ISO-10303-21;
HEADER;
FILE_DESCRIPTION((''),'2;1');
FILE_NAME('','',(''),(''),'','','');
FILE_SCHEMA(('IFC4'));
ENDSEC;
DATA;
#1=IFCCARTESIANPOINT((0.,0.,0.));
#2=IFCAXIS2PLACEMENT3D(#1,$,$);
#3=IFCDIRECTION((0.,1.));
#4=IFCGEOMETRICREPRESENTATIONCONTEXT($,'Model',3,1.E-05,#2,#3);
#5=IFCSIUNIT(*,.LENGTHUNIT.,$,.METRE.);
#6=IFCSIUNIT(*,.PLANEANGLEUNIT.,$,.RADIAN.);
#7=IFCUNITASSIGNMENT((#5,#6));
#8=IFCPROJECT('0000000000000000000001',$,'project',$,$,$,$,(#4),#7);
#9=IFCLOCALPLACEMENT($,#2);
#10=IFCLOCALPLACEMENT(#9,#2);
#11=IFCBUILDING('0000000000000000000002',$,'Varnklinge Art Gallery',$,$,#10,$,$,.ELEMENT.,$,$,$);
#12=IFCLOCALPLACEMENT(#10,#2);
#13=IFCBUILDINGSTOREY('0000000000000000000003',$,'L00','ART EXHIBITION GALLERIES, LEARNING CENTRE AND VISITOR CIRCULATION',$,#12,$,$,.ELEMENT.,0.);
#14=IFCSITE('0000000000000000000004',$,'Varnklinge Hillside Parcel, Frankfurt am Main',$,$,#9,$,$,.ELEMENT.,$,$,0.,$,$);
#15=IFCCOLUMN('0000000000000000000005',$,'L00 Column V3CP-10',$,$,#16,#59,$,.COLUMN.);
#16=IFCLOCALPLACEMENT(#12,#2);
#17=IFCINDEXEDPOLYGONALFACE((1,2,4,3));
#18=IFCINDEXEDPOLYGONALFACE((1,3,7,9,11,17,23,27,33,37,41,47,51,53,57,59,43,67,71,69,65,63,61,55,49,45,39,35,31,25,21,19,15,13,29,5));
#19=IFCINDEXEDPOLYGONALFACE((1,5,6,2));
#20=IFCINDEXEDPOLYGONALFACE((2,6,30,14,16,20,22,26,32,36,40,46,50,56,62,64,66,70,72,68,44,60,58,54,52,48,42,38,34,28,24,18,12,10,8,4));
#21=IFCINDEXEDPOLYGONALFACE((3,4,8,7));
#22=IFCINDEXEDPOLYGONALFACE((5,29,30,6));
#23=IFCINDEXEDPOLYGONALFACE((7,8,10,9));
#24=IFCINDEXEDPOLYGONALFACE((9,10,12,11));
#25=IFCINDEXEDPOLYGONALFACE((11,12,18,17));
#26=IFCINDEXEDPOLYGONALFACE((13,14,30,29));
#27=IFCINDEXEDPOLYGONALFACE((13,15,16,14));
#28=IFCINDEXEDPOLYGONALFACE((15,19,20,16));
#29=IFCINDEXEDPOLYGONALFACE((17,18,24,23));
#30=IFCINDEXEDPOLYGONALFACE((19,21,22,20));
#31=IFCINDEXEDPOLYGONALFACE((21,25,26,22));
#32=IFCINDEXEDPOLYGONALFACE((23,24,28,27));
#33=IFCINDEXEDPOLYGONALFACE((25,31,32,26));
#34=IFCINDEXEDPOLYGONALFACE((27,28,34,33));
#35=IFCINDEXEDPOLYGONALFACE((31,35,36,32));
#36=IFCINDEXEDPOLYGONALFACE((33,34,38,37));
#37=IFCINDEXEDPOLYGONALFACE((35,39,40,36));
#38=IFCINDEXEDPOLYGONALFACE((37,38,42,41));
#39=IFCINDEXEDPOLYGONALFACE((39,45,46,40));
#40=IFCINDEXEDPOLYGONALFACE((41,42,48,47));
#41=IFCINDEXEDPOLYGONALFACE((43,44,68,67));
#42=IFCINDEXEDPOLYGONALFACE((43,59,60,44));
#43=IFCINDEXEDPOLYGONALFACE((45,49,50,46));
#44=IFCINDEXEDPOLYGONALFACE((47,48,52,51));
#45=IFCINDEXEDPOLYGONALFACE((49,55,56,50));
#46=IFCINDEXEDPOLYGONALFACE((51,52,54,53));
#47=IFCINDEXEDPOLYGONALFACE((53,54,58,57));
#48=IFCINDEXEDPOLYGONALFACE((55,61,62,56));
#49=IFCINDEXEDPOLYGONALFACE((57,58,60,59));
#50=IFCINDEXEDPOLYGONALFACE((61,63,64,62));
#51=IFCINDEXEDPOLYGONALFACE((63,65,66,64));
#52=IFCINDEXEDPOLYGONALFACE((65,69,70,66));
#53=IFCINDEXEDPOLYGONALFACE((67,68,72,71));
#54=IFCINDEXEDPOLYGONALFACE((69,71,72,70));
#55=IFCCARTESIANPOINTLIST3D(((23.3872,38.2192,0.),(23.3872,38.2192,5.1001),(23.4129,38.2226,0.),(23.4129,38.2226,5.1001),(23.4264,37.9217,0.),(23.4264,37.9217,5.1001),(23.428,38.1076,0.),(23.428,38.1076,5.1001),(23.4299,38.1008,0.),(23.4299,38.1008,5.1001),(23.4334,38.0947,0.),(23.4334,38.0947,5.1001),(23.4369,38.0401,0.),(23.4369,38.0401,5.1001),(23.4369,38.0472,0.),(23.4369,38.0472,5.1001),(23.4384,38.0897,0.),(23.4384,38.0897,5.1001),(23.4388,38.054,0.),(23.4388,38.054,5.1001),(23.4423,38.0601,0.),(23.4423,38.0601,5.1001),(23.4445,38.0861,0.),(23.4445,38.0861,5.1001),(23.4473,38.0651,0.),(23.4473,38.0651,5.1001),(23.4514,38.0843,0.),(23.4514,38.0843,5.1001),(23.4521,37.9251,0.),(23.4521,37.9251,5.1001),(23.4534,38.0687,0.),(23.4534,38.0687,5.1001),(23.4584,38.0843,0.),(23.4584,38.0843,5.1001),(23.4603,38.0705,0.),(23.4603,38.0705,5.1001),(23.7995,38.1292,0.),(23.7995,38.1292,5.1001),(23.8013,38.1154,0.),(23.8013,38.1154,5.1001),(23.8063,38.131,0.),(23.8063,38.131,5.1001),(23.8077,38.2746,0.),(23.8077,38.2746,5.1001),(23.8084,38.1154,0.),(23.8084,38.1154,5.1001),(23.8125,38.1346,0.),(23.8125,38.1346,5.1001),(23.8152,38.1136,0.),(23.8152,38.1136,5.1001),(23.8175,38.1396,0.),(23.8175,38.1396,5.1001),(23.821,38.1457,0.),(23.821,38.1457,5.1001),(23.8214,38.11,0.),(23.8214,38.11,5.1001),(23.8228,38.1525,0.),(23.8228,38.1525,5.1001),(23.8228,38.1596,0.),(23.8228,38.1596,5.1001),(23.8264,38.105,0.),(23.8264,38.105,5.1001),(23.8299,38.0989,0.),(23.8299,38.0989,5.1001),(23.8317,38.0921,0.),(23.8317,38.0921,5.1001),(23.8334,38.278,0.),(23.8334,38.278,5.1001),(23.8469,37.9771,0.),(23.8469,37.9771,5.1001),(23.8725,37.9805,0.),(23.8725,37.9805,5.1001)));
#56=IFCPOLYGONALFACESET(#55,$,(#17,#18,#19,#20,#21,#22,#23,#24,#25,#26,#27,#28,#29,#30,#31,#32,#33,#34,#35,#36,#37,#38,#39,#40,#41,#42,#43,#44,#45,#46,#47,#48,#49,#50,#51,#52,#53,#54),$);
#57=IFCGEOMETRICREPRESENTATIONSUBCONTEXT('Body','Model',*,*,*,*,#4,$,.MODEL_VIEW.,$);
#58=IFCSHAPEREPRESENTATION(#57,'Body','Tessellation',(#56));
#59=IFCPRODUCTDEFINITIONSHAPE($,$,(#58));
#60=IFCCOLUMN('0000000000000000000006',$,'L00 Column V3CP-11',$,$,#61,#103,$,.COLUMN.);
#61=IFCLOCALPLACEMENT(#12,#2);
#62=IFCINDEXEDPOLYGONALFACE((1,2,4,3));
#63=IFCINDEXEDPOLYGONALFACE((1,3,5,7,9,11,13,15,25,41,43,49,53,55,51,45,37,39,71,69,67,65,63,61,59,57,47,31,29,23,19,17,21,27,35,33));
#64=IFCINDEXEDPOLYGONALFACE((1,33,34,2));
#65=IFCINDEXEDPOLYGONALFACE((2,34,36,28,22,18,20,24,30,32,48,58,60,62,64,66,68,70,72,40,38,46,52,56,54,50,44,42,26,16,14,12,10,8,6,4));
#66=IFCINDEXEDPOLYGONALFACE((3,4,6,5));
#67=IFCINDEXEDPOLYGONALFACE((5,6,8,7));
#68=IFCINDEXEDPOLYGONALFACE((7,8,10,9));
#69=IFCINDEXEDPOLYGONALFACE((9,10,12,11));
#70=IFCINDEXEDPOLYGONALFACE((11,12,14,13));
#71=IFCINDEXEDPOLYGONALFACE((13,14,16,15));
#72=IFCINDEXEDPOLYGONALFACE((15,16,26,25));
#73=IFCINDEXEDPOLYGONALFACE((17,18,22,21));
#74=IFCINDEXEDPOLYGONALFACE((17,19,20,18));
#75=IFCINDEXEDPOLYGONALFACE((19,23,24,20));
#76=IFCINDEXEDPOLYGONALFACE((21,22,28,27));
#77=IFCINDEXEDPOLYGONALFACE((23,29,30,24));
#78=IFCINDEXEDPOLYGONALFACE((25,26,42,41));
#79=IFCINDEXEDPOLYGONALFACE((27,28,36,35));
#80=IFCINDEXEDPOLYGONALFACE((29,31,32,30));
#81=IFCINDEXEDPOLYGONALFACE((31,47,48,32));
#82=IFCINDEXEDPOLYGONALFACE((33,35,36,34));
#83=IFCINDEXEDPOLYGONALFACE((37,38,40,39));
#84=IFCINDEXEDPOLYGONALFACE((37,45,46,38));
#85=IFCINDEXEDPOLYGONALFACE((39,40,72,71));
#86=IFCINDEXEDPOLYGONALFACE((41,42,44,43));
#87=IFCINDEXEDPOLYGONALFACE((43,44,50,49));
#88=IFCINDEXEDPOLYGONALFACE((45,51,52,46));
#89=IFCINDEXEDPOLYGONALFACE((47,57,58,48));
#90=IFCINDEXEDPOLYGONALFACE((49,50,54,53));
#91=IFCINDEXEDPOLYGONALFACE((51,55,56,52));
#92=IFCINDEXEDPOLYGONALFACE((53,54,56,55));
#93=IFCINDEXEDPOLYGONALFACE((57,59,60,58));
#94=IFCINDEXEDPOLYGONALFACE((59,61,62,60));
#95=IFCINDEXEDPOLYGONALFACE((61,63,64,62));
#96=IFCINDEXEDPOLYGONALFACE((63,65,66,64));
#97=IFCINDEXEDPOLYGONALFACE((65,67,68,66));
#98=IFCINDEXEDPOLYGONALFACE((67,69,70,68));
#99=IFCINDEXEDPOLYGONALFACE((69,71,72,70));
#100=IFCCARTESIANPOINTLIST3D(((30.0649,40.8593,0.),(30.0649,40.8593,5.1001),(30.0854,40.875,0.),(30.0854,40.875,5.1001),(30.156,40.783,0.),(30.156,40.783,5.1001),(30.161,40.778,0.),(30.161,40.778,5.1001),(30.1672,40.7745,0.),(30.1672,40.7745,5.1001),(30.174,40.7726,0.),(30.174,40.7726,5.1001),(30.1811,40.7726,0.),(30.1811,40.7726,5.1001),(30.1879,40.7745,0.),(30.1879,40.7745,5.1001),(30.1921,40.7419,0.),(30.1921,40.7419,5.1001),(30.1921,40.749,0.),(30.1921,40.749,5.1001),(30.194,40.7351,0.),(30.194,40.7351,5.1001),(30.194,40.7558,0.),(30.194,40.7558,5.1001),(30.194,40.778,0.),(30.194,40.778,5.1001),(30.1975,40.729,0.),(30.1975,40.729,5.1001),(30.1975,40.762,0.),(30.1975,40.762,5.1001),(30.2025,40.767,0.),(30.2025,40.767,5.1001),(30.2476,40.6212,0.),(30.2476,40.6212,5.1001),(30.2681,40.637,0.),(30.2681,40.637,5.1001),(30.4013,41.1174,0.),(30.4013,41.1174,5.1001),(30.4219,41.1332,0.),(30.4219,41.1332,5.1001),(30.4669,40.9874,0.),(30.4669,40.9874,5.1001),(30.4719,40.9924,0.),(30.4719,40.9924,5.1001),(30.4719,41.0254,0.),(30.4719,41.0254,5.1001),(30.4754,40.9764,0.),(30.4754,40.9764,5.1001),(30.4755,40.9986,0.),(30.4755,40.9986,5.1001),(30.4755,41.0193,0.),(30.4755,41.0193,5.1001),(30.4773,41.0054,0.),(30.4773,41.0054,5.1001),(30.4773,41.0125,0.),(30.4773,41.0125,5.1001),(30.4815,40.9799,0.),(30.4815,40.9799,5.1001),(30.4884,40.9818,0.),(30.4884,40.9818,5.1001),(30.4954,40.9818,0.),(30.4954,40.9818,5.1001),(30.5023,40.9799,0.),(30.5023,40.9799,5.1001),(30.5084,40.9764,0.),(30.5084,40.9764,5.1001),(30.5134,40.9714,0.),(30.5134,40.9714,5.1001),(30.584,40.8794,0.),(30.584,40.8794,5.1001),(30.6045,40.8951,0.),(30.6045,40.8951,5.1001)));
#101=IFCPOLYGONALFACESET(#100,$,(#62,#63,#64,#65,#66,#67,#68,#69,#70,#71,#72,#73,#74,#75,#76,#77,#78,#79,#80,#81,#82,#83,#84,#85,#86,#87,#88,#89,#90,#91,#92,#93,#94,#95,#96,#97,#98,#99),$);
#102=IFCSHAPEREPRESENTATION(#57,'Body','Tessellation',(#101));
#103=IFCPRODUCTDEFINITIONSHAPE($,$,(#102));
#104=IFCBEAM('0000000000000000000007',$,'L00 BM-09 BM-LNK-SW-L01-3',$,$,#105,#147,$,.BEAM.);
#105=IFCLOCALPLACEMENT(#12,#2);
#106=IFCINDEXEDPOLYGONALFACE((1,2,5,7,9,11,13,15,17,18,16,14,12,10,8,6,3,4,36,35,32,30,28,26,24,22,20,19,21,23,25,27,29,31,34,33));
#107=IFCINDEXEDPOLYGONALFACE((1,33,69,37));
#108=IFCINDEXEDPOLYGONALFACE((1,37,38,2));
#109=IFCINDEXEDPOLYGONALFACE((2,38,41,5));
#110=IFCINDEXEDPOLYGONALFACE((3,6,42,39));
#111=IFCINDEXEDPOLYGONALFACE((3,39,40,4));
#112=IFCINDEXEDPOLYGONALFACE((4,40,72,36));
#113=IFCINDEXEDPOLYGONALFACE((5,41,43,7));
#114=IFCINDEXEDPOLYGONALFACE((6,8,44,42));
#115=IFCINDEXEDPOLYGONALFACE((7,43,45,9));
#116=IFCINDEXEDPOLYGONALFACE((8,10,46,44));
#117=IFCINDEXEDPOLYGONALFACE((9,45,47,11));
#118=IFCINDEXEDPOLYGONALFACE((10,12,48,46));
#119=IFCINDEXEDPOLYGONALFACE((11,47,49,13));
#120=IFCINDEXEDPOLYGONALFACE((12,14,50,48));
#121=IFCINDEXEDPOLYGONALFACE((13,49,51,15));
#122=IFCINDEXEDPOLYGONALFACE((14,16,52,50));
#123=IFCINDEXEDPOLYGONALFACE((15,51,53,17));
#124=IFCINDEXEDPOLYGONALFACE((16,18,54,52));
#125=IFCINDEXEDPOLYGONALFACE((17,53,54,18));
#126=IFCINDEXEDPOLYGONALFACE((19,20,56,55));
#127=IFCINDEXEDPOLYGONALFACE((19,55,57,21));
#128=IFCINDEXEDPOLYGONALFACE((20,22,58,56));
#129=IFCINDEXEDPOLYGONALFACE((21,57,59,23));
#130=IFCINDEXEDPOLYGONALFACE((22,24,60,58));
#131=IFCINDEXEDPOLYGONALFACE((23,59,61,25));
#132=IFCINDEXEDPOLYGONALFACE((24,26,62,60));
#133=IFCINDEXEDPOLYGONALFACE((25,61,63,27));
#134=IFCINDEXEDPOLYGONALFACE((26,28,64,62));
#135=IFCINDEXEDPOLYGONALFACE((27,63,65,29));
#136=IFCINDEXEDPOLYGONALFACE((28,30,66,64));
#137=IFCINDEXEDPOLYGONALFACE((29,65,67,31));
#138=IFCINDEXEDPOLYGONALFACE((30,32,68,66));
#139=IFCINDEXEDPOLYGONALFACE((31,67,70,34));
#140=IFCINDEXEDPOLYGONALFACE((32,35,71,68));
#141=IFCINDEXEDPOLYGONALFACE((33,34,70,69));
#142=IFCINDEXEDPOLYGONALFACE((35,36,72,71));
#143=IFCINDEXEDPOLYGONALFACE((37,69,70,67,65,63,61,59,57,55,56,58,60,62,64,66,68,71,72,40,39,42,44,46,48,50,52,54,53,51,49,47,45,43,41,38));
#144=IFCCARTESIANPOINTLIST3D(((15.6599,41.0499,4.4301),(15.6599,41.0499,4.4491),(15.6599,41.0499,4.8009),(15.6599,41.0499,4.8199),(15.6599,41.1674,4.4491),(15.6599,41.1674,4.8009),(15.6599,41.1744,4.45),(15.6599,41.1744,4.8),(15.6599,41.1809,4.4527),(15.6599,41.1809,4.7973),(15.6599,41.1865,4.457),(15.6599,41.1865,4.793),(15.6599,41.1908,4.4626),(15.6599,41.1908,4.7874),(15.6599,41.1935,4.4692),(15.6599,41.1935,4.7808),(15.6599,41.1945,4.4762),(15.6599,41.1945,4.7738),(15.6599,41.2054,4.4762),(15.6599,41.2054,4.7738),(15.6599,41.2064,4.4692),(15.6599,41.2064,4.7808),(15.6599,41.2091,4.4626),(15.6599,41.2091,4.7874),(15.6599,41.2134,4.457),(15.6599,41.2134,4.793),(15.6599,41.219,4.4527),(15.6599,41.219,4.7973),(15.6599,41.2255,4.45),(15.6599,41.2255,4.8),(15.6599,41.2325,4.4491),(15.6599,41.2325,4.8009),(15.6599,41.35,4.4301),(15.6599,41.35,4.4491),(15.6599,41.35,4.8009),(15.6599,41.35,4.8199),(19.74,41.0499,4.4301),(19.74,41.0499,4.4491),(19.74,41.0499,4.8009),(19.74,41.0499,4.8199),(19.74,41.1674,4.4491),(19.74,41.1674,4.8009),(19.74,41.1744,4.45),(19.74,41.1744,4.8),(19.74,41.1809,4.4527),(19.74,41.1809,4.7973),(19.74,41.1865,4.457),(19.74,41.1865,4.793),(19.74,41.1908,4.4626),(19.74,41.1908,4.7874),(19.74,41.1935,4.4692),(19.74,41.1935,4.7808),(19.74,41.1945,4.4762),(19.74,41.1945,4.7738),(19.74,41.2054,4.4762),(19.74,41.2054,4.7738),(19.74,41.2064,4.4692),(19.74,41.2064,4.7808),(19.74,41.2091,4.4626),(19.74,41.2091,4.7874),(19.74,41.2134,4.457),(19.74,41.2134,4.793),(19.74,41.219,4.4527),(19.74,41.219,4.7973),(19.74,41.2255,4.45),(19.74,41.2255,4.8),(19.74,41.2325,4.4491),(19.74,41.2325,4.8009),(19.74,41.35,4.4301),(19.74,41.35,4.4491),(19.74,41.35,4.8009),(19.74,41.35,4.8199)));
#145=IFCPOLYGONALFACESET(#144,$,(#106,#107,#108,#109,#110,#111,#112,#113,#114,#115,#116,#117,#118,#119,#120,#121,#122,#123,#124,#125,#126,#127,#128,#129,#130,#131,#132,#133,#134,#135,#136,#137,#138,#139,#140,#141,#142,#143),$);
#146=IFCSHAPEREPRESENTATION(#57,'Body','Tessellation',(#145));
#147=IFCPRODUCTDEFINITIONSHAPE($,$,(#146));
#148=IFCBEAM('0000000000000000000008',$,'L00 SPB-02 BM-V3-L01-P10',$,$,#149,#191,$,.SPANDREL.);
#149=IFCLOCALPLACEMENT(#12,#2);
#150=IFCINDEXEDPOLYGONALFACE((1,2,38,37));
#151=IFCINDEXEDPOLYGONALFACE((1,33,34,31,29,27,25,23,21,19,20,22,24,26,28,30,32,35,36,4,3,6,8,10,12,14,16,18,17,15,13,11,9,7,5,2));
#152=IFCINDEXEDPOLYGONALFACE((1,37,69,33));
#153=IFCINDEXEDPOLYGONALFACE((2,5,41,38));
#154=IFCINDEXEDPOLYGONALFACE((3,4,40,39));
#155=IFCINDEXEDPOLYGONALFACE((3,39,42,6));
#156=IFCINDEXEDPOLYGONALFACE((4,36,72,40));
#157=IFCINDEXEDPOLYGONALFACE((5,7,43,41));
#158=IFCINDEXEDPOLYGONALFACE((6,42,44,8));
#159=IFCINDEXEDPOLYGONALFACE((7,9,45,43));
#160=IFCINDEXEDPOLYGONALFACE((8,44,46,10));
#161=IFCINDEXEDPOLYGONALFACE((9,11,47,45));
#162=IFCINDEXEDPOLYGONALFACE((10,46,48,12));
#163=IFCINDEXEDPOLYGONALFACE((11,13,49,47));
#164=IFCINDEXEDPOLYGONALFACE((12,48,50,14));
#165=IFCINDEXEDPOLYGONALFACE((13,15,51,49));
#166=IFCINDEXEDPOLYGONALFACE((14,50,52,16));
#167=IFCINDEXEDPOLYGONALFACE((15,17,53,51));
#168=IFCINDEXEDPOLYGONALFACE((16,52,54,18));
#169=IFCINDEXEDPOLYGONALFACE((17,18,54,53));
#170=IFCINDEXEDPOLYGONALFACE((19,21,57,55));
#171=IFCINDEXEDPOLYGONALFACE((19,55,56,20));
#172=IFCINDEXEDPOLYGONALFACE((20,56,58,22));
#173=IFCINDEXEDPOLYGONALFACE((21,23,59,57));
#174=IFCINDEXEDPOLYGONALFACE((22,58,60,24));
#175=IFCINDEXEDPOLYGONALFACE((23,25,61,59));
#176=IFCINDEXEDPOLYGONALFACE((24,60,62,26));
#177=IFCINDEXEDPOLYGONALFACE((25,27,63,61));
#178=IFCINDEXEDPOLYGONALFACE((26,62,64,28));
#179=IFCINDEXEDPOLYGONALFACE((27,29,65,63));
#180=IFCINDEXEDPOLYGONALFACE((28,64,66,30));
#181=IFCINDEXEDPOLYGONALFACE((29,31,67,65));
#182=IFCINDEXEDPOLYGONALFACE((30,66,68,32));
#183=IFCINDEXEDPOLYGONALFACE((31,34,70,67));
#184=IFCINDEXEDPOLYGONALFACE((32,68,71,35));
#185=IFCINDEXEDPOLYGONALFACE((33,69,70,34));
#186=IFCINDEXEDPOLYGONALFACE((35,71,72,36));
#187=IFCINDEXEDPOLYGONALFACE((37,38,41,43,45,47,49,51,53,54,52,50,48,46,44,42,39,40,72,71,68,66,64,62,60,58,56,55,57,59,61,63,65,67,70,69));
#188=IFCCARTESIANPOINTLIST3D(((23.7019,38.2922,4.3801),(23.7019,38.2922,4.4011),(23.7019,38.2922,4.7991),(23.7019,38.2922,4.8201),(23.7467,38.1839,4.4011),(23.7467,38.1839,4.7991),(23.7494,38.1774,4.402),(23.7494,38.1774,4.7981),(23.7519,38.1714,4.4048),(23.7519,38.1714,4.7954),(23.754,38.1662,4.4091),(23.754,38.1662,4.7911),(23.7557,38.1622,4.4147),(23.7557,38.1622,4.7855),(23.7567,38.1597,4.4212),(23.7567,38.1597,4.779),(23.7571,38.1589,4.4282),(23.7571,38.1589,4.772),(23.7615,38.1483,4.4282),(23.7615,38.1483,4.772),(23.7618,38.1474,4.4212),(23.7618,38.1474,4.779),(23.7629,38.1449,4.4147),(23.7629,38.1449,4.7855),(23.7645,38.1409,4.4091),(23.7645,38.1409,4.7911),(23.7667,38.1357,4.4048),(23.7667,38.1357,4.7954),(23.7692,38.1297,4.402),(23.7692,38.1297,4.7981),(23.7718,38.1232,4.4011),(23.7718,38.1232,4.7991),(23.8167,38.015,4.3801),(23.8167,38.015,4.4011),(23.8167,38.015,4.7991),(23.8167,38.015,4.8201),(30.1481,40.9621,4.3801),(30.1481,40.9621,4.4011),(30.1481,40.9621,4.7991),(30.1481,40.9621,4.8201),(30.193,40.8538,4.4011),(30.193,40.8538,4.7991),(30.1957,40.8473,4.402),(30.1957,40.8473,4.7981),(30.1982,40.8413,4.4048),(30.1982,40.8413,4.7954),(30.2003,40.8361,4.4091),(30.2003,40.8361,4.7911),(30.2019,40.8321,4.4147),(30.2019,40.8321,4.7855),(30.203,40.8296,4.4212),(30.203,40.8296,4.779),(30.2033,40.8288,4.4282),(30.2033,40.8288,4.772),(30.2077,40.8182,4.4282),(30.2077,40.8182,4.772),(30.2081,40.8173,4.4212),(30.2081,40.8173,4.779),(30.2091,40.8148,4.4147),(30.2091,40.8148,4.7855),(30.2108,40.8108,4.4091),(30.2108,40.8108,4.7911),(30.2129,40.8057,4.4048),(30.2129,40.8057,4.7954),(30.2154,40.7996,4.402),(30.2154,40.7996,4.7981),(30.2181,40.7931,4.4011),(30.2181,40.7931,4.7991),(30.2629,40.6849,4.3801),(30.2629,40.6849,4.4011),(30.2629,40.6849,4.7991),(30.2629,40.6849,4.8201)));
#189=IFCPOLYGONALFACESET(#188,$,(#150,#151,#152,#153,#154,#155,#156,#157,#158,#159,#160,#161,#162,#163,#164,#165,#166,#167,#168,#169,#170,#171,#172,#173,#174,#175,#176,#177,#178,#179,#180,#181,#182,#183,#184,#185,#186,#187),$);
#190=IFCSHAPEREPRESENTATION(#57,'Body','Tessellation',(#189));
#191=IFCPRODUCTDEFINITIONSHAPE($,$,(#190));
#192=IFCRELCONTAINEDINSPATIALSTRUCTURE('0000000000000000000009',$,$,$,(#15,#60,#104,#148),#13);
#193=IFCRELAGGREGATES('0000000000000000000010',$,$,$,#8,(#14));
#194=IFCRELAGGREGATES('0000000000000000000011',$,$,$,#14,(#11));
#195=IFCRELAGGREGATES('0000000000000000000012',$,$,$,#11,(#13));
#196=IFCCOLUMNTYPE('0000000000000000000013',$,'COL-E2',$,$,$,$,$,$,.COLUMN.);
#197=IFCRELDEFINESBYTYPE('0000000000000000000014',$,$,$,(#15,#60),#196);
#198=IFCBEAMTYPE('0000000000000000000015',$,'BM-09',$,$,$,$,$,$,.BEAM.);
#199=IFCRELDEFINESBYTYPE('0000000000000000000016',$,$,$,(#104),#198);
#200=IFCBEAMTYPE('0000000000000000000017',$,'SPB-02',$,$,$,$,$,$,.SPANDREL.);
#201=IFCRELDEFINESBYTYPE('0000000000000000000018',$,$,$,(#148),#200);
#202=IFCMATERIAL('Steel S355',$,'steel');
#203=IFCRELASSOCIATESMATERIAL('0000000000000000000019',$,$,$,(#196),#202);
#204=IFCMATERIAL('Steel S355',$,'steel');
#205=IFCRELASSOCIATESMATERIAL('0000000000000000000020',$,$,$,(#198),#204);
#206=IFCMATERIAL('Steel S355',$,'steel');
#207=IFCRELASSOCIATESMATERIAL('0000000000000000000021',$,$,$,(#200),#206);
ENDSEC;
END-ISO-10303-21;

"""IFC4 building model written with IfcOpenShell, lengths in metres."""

from ifc_helpers import new_model, si_unit, direction, frame, origin, origin_2d, place, context, subcontext, project, spatial, i_section, extrude, material, material_profile, profile_set, type_object, element, save


model = new_model("IFC4")

# Units and contexts
model_context = context("Model", 3, precision=1e-05, world=origin(), true_north=direction((0.0, 1.0)))
body_context = subcontext(model_context, "Body", "Model", "MODEL_VIEW")
ifc_project = project(units=[si_unit("LENGTHUNIT", "METRE"), si_unit("PLANEANGLEUNIT", "RADIAN")], contexts=[model_context])

# Site, building, storey
site_placement = place(None, origin())
site = spatial("IfcSite", under=ifc_project, at=site_placement, Name="Varnklinge Hillside Parcel, Frankfurt am Main", CompositionType="ELEMENT", RefElevation=0.0)
building_placement = place(site_placement, origin())
building = spatial("IfcBuilding", under=site, at=building_placement, Name="Varnklinge Art Gallery", CompositionType="ELEMENT")
storey_placement = place(building_placement, origin())
storey = spatial("IfcBuildingStorey", under=building, at=storey_placement, Name="L00", Description="ART EXHIBITION GALLERIES, LEARNING CENTRE AND VISITOR CIRCULATION", CompositionType="ELEMENT", Elevation=0.0)

# Columns
ifc_material_1 = material(Name="Steel S355", Category="steel")
ifc_material_profile_1 = material_profile(ifc_material_1, i_section(OverallWidth=0.3, OverallDepth=0.45, WebThickness=0.0139, FlangeThickness=0.0259, FilletRadius=0.0271, at=origin_2d()), Name="HEB 450")
ifc_profile_set_1 = profile_set([ifc_material_profile_1], Name="Steel S355")
column_type = type_object("IfcColumnType", Name="COL-E2", PredefinedType="COLUMN", material=ifc_profile_set_1)
for number, where, z_axis, x_axis, name in (
    (1, (23.6299, 38.0999, 0.0), (0.0, 0.0, 1.0), (0.130526, -0.991445, 0.0), "L00 Column V3CP-10"),
    (2, (30.3347, 40.8772, 0.0), (0.0, 0.0, 1.0), (0.608761, -0.793353, 0.0), "L00 Column V3CP-11"),
):
    element("IfcColumn", number, at=place(storey_placement, frame(where, z_axis=z_axis, x_axis=x_axis)), inside=storey, type_object=column_type, Name=name, PredefinedType="COLUMN", context=body_context, shape_type="SweptSolid", body=[
        extrude(i_section(OverallWidth=0.3, OverallDepth=0.45, WebThickness=0.0139, FlangeThickness=0.0259, FilletRadius=0.0271, at=origin_2d()), origin(), (0.0, 0.0, 1.0), 5.1001),
    ])

# Beams
ifc_material_2 = material(Name="Steel S355", Category="steel")
ifc_material_profile_2 = material_profile(ifc_material_2, i_section(OverallWidth=0.3, OverallDepth=0.3899, WebThickness=0.011, FlangeThickness=0.019, FilletRadius=0.0271, at=origin_2d()), Name="HEA 400")
ifc_profile_set_2 = profile_set([ifc_material_profile_2], Name="Steel S355")
beam_type_1 = type_object("IfcBeamType", Name="BM-09", PredefinedType="BEAM", material=ifc_profile_set_2)
beam_placement = place(storey_placement, frame((19.74, 41.2, 4.625), z_axis=(-1.0, 0.0, 0.0), x_axis=(0.0, -1.0, 0.0)))
element("IfcBeam", 3, at=beam_placement, inside=storey, type_object=beam_type_1, Name="L00 BM-09 BM-LNK-SW-L01-3", PredefinedType="BEAM", context=body_context, shape_type="SweptSolid", body=[
    extrude(i_section(OverallWidth=0.3, OverallDepth=0.3899, WebThickness=0.011, FlangeThickness=0.019, FilletRadius=0.0271, at=origin_2d()), origin(), (0.0, 0.0, 1.0), 4.0801),
])
ifc_material_3 = material(Name="Steel S355", Category="steel")
ifc_material_profile_3 = material_profile(ifc_material_3, i_section(OverallWidth=0.3, OverallDepth=0.4399, WebThickness=0.0115, FlangeThickness=0.021, FilletRadius=0.0271, at=origin_2d()), Name="HEA 450")
ifc_profile_set_3 = profile_set([ifc_material_profile_3], Name="Steel S355")
beam_type_2 = type_object("IfcBeamType", Name="SPB-02", PredefinedType="SPANDREL", material=ifc_profile_set_3)
for number, where, z_axis, x_axis, name in (
    (4, (23.7593, 38.1536, 4.6001), (0.923891, 0.382657, 0.0), (-0.382657, 0.923891, 0.0), "L00 SPB-02 BM-V3-L01-P10"),
):
    element("IfcBeam", number, at=place(storey_placement, frame(where, z_axis=z_axis, x_axis=x_axis)), inside=storey, type_object=beam_type_2, Name=name, PredefinedType="SPANDREL", context=body_context, shape_type="SweptSolid", body=[
        extrude(i_section(OverallWidth=0.3, OverallDepth=0.4399, WebThickness=0.0115, FlangeThickness=0.021, FilletRadius=0.0271, at=origin_2d()), origin(), (0.0, 0.0, 1.0), 6.9773),
    ])

save(model, "model.ifc")
